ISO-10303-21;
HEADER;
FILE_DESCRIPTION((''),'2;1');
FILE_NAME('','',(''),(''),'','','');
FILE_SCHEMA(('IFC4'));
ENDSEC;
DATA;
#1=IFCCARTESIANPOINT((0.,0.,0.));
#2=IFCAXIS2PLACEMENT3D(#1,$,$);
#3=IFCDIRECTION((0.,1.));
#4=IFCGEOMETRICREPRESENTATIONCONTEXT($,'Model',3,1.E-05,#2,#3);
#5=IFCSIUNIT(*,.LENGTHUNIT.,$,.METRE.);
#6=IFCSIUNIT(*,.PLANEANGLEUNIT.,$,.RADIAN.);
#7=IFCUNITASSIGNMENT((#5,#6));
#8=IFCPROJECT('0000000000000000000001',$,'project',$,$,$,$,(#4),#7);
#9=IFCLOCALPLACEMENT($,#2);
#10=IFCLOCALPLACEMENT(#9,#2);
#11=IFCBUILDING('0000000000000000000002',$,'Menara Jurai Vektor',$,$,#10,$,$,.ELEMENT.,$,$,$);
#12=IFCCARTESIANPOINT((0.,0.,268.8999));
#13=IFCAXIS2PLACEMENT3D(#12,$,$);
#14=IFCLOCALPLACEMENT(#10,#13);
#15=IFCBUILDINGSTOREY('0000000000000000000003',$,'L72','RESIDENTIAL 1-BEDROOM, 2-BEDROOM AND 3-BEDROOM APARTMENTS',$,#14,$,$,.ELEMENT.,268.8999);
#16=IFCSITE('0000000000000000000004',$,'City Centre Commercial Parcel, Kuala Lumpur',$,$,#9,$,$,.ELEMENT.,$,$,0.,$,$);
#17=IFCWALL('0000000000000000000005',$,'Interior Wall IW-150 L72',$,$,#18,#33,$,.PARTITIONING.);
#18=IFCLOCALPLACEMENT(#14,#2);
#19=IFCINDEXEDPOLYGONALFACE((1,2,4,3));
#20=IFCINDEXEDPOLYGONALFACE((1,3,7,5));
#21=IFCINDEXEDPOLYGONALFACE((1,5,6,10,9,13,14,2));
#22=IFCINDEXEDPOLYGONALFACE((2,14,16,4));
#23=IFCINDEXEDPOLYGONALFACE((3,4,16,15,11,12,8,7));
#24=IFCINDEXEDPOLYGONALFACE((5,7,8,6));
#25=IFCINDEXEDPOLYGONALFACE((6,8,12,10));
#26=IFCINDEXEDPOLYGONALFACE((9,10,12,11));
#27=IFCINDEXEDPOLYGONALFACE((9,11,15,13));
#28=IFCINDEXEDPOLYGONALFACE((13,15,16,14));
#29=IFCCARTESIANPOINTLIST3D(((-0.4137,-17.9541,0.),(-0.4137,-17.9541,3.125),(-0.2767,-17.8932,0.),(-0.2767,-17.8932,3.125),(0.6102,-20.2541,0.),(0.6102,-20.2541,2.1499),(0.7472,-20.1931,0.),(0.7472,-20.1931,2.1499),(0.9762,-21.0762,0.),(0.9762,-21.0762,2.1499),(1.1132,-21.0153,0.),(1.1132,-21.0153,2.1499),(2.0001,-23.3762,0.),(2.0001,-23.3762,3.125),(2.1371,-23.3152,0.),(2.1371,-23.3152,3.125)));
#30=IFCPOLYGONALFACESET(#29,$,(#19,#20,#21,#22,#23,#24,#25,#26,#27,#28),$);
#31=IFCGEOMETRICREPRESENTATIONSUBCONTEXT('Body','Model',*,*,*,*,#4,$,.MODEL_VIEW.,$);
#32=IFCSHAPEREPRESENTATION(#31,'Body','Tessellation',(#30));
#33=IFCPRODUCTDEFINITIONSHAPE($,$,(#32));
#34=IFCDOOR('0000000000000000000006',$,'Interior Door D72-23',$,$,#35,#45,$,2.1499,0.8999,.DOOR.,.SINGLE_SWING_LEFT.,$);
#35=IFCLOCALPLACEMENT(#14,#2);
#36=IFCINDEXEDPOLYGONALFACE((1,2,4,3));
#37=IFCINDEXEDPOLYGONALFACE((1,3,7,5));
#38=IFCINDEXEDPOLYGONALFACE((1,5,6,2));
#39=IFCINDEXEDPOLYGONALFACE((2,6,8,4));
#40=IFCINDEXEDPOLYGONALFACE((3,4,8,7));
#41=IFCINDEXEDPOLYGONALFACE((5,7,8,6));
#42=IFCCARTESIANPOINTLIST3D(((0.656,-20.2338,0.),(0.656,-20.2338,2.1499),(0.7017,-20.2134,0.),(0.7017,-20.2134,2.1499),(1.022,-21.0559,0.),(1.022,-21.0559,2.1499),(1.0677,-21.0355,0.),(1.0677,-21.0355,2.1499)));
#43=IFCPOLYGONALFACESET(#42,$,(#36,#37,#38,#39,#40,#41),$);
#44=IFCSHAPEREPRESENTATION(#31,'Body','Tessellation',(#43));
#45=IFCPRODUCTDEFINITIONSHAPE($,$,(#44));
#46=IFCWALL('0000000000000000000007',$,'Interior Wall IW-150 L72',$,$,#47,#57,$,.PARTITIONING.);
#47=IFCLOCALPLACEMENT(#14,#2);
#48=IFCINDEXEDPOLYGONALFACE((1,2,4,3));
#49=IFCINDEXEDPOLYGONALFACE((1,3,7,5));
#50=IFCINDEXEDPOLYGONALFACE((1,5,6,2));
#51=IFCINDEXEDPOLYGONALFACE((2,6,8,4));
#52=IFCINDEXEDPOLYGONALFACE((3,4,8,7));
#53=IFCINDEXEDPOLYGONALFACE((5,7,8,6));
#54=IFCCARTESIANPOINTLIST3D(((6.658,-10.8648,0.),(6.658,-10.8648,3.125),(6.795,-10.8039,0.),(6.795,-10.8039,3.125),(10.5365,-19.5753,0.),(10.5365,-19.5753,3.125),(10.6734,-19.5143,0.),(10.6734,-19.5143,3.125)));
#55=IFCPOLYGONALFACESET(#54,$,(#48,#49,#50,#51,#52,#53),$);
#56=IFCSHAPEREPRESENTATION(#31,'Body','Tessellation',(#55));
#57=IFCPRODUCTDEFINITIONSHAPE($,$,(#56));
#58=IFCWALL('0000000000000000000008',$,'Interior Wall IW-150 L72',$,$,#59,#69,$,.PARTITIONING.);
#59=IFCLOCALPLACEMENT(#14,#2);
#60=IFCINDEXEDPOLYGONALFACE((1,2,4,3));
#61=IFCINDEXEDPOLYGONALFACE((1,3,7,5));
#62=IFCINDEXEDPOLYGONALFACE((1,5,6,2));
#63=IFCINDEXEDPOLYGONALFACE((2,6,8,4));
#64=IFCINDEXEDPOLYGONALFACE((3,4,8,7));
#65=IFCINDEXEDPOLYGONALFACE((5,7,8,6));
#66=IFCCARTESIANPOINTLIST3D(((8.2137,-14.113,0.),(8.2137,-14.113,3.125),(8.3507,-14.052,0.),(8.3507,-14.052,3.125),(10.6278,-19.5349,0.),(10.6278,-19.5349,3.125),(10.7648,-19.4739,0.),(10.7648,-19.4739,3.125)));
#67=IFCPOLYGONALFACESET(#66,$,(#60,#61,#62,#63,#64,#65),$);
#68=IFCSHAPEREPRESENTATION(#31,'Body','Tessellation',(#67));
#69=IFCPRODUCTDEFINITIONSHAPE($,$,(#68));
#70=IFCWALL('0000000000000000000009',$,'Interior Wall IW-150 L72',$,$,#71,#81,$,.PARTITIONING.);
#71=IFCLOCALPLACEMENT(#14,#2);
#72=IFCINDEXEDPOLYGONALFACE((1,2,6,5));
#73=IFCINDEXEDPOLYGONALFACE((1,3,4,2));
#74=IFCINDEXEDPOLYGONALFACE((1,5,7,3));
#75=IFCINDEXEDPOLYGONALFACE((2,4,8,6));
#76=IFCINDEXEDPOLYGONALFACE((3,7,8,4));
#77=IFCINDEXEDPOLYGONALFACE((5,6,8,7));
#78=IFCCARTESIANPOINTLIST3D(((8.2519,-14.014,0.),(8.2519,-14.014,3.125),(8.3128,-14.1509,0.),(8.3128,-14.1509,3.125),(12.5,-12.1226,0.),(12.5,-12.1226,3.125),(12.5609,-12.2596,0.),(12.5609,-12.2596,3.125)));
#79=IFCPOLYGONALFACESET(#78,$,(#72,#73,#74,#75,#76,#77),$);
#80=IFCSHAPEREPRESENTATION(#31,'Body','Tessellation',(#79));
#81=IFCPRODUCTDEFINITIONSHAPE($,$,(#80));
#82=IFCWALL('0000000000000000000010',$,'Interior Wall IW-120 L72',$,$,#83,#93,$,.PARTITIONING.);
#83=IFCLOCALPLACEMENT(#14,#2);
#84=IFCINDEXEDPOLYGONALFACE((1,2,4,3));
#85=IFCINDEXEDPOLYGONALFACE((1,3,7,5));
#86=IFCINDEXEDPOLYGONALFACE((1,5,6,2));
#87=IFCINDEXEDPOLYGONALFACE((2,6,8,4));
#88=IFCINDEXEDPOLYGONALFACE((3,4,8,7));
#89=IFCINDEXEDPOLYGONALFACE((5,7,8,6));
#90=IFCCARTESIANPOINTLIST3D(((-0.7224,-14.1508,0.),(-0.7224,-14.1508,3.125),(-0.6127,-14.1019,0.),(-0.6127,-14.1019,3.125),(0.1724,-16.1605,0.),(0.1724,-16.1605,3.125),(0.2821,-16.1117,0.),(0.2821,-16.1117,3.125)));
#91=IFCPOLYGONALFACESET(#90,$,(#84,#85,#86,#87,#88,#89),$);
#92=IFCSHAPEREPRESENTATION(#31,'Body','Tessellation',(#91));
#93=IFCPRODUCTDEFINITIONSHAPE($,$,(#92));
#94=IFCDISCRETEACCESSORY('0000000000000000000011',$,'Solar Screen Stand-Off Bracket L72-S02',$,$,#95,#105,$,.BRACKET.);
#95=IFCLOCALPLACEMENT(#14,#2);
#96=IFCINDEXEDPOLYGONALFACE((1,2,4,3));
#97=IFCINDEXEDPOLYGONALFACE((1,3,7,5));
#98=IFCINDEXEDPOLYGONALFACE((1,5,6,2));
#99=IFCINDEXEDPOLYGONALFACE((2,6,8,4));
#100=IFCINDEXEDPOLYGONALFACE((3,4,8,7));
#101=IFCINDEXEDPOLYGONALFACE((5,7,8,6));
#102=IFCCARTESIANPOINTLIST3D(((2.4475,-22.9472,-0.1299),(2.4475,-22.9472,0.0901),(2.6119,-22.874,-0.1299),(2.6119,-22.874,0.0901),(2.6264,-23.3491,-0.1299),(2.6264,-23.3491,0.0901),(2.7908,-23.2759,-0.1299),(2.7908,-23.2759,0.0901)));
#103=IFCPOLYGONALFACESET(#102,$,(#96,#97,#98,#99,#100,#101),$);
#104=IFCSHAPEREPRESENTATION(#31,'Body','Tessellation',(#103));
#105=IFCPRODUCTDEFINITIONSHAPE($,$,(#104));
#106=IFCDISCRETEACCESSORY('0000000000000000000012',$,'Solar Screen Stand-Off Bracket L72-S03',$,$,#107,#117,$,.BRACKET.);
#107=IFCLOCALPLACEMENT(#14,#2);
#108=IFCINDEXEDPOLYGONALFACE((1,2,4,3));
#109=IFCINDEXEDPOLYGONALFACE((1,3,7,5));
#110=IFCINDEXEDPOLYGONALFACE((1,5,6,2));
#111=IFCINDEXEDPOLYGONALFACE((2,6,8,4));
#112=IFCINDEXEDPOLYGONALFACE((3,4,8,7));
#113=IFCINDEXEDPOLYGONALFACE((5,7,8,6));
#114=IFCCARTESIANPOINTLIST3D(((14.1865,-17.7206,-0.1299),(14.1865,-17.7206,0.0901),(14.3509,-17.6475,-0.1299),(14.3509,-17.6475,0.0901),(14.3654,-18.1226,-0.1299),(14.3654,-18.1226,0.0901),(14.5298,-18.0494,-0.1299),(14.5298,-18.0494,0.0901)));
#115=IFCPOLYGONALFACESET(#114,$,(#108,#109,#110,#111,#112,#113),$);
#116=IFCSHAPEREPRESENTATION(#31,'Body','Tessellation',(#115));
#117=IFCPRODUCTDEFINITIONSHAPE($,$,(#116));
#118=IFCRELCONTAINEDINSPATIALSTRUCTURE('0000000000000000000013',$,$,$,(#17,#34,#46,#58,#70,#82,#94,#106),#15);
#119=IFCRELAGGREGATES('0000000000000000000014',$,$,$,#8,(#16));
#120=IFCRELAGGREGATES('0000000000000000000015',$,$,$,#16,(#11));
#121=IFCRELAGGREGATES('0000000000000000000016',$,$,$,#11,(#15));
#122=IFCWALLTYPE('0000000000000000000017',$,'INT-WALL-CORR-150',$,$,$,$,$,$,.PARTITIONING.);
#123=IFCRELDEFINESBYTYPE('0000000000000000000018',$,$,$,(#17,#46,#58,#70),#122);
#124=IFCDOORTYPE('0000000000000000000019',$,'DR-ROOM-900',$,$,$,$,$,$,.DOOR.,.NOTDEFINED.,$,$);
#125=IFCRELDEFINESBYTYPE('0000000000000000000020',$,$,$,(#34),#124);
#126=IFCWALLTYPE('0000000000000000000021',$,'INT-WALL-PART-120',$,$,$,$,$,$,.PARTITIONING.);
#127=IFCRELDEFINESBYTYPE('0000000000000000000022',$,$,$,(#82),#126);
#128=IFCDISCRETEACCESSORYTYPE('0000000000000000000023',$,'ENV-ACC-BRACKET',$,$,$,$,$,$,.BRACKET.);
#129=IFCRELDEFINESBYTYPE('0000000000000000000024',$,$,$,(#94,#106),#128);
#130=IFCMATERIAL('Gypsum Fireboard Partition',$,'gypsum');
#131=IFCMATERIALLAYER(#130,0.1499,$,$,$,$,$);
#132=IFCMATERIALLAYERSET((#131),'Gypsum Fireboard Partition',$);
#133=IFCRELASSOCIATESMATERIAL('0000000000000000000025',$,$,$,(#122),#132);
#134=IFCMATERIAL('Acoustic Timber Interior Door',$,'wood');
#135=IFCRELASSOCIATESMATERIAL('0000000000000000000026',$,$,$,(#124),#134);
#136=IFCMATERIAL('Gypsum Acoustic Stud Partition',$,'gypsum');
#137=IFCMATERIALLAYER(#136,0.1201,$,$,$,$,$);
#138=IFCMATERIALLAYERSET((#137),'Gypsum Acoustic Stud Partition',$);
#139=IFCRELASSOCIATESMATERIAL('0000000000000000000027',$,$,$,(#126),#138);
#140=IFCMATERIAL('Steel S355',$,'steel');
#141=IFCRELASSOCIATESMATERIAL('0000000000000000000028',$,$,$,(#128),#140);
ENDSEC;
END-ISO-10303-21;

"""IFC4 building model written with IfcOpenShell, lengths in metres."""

from ifc_helpers import new_model, si_unit, direction, frame, frame_2d, origin, origin_2d, place, context, subcontext, project, spatial, rectangle, extrude, material, layer, layer_set, type_object, element, fill, save


model = new_model("IFC4")

# Units and contexts
model_context = context("Model", 3, precision=1e-05, world=origin(), true_north=direction((0.0, 1.0)))
body_context = subcontext(model_context, "Body", "Model", "MODEL_VIEW")
ifc_project = project(units=[si_unit("LENGTHUNIT", "METRE"), si_unit("PLANEANGLEUNIT", "RADIAN")], contexts=[model_context])

# Site, building, storey
site_placement = place(None, origin())
site = spatial("IfcSite", under=ifc_project, at=site_placement, Name="City Centre Commercial Parcel, Kuala Lumpur", CompositionType="ELEMENT", RefElevation=0.0)
building_placement = place(site_placement, origin())
building = spatial("IfcBuilding", under=site, at=building_placement, Name="Menara Jurai Vektor", CompositionType="ELEMENT")
storey_placement = place(building_placement, frame((0.0, 0.0, 268.8999)))
storey = spatial("IfcBuildingStorey", under=building, at=storey_placement, Name="L72", Description="RESIDENTIAL 1-BEDROOM, 2-BEDROOM AND 3-BEDROOM APARTMENTS", CompositionType="ELEMENT", Elevation=268.8999)

# Shared definitions
ifc_material_1 = material(Name="Steel S355", Category="steel")

# Shared definitions
ifc_material_2 = material(Name="Gypsum Fireboard Partition", Category="gypsum")
ifc_layer_1 = layer(ifc_material_2, 0.1499)
ifc_layer_set_1 = layer_set([ifc_layer_1], Name="Gypsum Fireboard Partition")
wall_type_1 = type_object("IfcWallType", Name="INT-WALL-CORR-150", PredefinedType="PARTITIONING", material=ifc_layer_set_1)
ifc_material_3 = material(Name="Acoustic Timber Interior Door", Category="wood")
door_type_1 = type_object("IfcDoorType", Name="DR-ROOM-900", OperationType="NOTDEFINED", PredefinedType="DOOR", material=ifc_material_3)

# Wall, opening, door
wall_1_placement = place(storey_placement, frame((2.0686, -23.3457, 0.0), z_axis=(0.0, 0.0, 1.0), x_axis=(-0.406699, 0.913562, 0.0)))
wall_1 = element("IfcWall", 1, at=wall_1_placement, inside=storey, type_object=wall_type_1, Name="Interior Wall IW-150 L72", PredefinedType="PARTITIONING", context=body_context, shape_type="SweptSolid", body=[
    extrude(rectangle(XDim=5.9351, YDim=0.1499, at=frame_2d((2.9675, 0.0))), origin(), (0.0, 0.0, 1.0), 3.125),
])
opening_1_placement = place(wall_1_placement, frame((2.5176, 0.0, 0.0)))
opening_1 = element("IfcOpeningElement", 2, at=opening_1_placement, cuts=wall_1, PredefinedType="OPENING", context=body_context, shape_type="SweptSolid", body=[
    extrude(rectangle(XDim=0.8999, YDim=2.1499, at=frame_2d((0.45, 1.075))), frame((0.0, 0.085, 0.0), z_axis=(0.0, -1.0, 0.0), x_axis=(1.0, 0.0, 0.0)), (0.0, 0.0, 1.0), 0.1699),
])
door_1_placement = place(opening_1_placement, origin())
door_1 = element("IfcDoor", 3, at=door_1_placement, inside=storey, type_object=door_type_1, Name="Interior Door D72-23", OperationType="SINGLE_SWING_LEFT", OverallHeight=2.1499, OverallWidth=0.8999, PredefinedType="DOOR", context=body_context, shape_type="SweptSolid", body=[
    extrude(rectangle(XDim=0.8999, YDim=2.1499, at=frame_2d((0.45, 1.075))), frame((0.0, 0.0249, 0.0), z_axis=(0.0, -1.0, 0.0), x_axis=(1.0, 0.0, 0.0)), (0.0, 0.0, 1.0), 0.05),
])
fill(opening_1, door_1)

# Walls
wall_2_placement = place(storey_placement, frame((10.605, -19.5449, 0.0), z_axis=(0.0, 0.0, 1.0), x_axis=(-0.406761, 0.913535, 0.0)))
element("IfcWall", 4, at=wall_2_placement, inside=storey, type_object=wall_type_1, Name="Interior Wall IW-150 L72", PredefinedType="PARTITIONING", context=body_context, shape_type="SweptSolid", body=[
    extrude(rectangle(XDim=9.5349, YDim=0.1499, at=frame_2d((4.7676, 0.0))), origin(), (0.0, 0.0, 1.0), 3.125),
])
wall_3_placement = place(storey_placement, frame((10.6963, -19.5044, 0.0), z_axis=(0.0, 0.0, 1.0), x_axis=(-0.406749, 0.91354, 0.0)))
element("IfcWall", 5, at=wall_3_placement, inside=storey, type_object=wall_type_1, Name="Interior Wall IW-150 L72", PredefinedType="PARTITIONING", context=body_context, shape_type="SweptSolid", body=[
    extrude(rectangle(XDim=5.9351, YDim=0.1499, at=frame_2d((2.9675, 0.0))), origin(), (0.0, 0.0, 1.0), 3.125),
])
wall_4_placement = place(storey_placement, frame((8.2822, -14.0825, 0.0), z_axis=(0.0, 0.0, 1.0), x_axis=(0.913545, 0.406738, 0.0)))
element("IfcWall", 6, at=wall_4_placement, inside=storey, type_object=wall_type_1, Name="Interior Wall IW-150 L72", PredefinedType="PARTITIONING", context=body_context, shape_type="SweptSolid", body=[
    extrude(rectangle(XDim=4.6501, YDim=0.1499, at=frame_2d((2.3252, 0.0))), origin(), (0.0, 0.0, 1.0), 3.125),
])
ifc_material_4 = material(Name="Gypsum Acoustic Stud Partition", Category="gypsum")
ifc_layer_2 = layer(ifc_material_4, 0.1201)
ifc_layer_set_2 = layer_set([ifc_layer_2], Name="Gypsum Acoustic Stud Partition")
wall_type_2 = type_object("IfcWallType", Name="INT-WALL-PART-120", PredefinedType="PARTITIONING", material=ifc_layer_set_2)
wall_5_placement = place(storey_placement, frame((0.2273, -16.1362, 0.0), z_axis=(0.0, 0.0, 1.0), x_axis=(-0.406725, 0.913551, 0.0)))
element("IfcWall", 7, at=wall_5_placement, inside=storey, type_object=wall_type_2, Name="Interior Wall IW-120 L72", PredefinedType="PARTITIONING", context=body_context, shape_type="SweptSolid", body=[
    extrude(rectangle(XDim=2.2, YDim=0.1201, at=frame_2d((1.1001, 0.0))), origin(), (0.0, 0.0, 1.0), 3.125),
])

# Discrete accessories
discrete_accessory_type = type_object("IfcDiscreteAccessoryType", Name="ENV-ACC-BRACKET", PredefinedType="BRACKET", material=ifc_material_1)
for number, where, z_axis, x_axis, name in (
    (8, (2.6191, -23.1116, -0.1299), (0.0, 0.0, 1.0), (0.913545, 0.406737, 0.0), "Solar Screen Stand-Off Bracket L72-S02"),
    (9, (14.3582, -17.885, -0.1299), (0.0, 0.0, 1.0), (0.913545, 0.406737, 0.0), "Solar Screen Stand-Off Bracket L72-S03"),
):
    element("IfcDiscreteAccessory", number, at=place(storey_placement, frame(where, z_axis=z_axis, x_axis=x_axis)), inside=storey, type_object=discrete_accessory_type, Name=name, PredefinedType="BRACKET", context=body_context, shape_type="SweptSolid", body=[
        extrude(rectangle(XDim=0.1799, YDim=0.4399, at=origin_2d()), origin(), (0.0, 0.0, 1.0), 0.22),
    ])

save(model, "model.ifc")
